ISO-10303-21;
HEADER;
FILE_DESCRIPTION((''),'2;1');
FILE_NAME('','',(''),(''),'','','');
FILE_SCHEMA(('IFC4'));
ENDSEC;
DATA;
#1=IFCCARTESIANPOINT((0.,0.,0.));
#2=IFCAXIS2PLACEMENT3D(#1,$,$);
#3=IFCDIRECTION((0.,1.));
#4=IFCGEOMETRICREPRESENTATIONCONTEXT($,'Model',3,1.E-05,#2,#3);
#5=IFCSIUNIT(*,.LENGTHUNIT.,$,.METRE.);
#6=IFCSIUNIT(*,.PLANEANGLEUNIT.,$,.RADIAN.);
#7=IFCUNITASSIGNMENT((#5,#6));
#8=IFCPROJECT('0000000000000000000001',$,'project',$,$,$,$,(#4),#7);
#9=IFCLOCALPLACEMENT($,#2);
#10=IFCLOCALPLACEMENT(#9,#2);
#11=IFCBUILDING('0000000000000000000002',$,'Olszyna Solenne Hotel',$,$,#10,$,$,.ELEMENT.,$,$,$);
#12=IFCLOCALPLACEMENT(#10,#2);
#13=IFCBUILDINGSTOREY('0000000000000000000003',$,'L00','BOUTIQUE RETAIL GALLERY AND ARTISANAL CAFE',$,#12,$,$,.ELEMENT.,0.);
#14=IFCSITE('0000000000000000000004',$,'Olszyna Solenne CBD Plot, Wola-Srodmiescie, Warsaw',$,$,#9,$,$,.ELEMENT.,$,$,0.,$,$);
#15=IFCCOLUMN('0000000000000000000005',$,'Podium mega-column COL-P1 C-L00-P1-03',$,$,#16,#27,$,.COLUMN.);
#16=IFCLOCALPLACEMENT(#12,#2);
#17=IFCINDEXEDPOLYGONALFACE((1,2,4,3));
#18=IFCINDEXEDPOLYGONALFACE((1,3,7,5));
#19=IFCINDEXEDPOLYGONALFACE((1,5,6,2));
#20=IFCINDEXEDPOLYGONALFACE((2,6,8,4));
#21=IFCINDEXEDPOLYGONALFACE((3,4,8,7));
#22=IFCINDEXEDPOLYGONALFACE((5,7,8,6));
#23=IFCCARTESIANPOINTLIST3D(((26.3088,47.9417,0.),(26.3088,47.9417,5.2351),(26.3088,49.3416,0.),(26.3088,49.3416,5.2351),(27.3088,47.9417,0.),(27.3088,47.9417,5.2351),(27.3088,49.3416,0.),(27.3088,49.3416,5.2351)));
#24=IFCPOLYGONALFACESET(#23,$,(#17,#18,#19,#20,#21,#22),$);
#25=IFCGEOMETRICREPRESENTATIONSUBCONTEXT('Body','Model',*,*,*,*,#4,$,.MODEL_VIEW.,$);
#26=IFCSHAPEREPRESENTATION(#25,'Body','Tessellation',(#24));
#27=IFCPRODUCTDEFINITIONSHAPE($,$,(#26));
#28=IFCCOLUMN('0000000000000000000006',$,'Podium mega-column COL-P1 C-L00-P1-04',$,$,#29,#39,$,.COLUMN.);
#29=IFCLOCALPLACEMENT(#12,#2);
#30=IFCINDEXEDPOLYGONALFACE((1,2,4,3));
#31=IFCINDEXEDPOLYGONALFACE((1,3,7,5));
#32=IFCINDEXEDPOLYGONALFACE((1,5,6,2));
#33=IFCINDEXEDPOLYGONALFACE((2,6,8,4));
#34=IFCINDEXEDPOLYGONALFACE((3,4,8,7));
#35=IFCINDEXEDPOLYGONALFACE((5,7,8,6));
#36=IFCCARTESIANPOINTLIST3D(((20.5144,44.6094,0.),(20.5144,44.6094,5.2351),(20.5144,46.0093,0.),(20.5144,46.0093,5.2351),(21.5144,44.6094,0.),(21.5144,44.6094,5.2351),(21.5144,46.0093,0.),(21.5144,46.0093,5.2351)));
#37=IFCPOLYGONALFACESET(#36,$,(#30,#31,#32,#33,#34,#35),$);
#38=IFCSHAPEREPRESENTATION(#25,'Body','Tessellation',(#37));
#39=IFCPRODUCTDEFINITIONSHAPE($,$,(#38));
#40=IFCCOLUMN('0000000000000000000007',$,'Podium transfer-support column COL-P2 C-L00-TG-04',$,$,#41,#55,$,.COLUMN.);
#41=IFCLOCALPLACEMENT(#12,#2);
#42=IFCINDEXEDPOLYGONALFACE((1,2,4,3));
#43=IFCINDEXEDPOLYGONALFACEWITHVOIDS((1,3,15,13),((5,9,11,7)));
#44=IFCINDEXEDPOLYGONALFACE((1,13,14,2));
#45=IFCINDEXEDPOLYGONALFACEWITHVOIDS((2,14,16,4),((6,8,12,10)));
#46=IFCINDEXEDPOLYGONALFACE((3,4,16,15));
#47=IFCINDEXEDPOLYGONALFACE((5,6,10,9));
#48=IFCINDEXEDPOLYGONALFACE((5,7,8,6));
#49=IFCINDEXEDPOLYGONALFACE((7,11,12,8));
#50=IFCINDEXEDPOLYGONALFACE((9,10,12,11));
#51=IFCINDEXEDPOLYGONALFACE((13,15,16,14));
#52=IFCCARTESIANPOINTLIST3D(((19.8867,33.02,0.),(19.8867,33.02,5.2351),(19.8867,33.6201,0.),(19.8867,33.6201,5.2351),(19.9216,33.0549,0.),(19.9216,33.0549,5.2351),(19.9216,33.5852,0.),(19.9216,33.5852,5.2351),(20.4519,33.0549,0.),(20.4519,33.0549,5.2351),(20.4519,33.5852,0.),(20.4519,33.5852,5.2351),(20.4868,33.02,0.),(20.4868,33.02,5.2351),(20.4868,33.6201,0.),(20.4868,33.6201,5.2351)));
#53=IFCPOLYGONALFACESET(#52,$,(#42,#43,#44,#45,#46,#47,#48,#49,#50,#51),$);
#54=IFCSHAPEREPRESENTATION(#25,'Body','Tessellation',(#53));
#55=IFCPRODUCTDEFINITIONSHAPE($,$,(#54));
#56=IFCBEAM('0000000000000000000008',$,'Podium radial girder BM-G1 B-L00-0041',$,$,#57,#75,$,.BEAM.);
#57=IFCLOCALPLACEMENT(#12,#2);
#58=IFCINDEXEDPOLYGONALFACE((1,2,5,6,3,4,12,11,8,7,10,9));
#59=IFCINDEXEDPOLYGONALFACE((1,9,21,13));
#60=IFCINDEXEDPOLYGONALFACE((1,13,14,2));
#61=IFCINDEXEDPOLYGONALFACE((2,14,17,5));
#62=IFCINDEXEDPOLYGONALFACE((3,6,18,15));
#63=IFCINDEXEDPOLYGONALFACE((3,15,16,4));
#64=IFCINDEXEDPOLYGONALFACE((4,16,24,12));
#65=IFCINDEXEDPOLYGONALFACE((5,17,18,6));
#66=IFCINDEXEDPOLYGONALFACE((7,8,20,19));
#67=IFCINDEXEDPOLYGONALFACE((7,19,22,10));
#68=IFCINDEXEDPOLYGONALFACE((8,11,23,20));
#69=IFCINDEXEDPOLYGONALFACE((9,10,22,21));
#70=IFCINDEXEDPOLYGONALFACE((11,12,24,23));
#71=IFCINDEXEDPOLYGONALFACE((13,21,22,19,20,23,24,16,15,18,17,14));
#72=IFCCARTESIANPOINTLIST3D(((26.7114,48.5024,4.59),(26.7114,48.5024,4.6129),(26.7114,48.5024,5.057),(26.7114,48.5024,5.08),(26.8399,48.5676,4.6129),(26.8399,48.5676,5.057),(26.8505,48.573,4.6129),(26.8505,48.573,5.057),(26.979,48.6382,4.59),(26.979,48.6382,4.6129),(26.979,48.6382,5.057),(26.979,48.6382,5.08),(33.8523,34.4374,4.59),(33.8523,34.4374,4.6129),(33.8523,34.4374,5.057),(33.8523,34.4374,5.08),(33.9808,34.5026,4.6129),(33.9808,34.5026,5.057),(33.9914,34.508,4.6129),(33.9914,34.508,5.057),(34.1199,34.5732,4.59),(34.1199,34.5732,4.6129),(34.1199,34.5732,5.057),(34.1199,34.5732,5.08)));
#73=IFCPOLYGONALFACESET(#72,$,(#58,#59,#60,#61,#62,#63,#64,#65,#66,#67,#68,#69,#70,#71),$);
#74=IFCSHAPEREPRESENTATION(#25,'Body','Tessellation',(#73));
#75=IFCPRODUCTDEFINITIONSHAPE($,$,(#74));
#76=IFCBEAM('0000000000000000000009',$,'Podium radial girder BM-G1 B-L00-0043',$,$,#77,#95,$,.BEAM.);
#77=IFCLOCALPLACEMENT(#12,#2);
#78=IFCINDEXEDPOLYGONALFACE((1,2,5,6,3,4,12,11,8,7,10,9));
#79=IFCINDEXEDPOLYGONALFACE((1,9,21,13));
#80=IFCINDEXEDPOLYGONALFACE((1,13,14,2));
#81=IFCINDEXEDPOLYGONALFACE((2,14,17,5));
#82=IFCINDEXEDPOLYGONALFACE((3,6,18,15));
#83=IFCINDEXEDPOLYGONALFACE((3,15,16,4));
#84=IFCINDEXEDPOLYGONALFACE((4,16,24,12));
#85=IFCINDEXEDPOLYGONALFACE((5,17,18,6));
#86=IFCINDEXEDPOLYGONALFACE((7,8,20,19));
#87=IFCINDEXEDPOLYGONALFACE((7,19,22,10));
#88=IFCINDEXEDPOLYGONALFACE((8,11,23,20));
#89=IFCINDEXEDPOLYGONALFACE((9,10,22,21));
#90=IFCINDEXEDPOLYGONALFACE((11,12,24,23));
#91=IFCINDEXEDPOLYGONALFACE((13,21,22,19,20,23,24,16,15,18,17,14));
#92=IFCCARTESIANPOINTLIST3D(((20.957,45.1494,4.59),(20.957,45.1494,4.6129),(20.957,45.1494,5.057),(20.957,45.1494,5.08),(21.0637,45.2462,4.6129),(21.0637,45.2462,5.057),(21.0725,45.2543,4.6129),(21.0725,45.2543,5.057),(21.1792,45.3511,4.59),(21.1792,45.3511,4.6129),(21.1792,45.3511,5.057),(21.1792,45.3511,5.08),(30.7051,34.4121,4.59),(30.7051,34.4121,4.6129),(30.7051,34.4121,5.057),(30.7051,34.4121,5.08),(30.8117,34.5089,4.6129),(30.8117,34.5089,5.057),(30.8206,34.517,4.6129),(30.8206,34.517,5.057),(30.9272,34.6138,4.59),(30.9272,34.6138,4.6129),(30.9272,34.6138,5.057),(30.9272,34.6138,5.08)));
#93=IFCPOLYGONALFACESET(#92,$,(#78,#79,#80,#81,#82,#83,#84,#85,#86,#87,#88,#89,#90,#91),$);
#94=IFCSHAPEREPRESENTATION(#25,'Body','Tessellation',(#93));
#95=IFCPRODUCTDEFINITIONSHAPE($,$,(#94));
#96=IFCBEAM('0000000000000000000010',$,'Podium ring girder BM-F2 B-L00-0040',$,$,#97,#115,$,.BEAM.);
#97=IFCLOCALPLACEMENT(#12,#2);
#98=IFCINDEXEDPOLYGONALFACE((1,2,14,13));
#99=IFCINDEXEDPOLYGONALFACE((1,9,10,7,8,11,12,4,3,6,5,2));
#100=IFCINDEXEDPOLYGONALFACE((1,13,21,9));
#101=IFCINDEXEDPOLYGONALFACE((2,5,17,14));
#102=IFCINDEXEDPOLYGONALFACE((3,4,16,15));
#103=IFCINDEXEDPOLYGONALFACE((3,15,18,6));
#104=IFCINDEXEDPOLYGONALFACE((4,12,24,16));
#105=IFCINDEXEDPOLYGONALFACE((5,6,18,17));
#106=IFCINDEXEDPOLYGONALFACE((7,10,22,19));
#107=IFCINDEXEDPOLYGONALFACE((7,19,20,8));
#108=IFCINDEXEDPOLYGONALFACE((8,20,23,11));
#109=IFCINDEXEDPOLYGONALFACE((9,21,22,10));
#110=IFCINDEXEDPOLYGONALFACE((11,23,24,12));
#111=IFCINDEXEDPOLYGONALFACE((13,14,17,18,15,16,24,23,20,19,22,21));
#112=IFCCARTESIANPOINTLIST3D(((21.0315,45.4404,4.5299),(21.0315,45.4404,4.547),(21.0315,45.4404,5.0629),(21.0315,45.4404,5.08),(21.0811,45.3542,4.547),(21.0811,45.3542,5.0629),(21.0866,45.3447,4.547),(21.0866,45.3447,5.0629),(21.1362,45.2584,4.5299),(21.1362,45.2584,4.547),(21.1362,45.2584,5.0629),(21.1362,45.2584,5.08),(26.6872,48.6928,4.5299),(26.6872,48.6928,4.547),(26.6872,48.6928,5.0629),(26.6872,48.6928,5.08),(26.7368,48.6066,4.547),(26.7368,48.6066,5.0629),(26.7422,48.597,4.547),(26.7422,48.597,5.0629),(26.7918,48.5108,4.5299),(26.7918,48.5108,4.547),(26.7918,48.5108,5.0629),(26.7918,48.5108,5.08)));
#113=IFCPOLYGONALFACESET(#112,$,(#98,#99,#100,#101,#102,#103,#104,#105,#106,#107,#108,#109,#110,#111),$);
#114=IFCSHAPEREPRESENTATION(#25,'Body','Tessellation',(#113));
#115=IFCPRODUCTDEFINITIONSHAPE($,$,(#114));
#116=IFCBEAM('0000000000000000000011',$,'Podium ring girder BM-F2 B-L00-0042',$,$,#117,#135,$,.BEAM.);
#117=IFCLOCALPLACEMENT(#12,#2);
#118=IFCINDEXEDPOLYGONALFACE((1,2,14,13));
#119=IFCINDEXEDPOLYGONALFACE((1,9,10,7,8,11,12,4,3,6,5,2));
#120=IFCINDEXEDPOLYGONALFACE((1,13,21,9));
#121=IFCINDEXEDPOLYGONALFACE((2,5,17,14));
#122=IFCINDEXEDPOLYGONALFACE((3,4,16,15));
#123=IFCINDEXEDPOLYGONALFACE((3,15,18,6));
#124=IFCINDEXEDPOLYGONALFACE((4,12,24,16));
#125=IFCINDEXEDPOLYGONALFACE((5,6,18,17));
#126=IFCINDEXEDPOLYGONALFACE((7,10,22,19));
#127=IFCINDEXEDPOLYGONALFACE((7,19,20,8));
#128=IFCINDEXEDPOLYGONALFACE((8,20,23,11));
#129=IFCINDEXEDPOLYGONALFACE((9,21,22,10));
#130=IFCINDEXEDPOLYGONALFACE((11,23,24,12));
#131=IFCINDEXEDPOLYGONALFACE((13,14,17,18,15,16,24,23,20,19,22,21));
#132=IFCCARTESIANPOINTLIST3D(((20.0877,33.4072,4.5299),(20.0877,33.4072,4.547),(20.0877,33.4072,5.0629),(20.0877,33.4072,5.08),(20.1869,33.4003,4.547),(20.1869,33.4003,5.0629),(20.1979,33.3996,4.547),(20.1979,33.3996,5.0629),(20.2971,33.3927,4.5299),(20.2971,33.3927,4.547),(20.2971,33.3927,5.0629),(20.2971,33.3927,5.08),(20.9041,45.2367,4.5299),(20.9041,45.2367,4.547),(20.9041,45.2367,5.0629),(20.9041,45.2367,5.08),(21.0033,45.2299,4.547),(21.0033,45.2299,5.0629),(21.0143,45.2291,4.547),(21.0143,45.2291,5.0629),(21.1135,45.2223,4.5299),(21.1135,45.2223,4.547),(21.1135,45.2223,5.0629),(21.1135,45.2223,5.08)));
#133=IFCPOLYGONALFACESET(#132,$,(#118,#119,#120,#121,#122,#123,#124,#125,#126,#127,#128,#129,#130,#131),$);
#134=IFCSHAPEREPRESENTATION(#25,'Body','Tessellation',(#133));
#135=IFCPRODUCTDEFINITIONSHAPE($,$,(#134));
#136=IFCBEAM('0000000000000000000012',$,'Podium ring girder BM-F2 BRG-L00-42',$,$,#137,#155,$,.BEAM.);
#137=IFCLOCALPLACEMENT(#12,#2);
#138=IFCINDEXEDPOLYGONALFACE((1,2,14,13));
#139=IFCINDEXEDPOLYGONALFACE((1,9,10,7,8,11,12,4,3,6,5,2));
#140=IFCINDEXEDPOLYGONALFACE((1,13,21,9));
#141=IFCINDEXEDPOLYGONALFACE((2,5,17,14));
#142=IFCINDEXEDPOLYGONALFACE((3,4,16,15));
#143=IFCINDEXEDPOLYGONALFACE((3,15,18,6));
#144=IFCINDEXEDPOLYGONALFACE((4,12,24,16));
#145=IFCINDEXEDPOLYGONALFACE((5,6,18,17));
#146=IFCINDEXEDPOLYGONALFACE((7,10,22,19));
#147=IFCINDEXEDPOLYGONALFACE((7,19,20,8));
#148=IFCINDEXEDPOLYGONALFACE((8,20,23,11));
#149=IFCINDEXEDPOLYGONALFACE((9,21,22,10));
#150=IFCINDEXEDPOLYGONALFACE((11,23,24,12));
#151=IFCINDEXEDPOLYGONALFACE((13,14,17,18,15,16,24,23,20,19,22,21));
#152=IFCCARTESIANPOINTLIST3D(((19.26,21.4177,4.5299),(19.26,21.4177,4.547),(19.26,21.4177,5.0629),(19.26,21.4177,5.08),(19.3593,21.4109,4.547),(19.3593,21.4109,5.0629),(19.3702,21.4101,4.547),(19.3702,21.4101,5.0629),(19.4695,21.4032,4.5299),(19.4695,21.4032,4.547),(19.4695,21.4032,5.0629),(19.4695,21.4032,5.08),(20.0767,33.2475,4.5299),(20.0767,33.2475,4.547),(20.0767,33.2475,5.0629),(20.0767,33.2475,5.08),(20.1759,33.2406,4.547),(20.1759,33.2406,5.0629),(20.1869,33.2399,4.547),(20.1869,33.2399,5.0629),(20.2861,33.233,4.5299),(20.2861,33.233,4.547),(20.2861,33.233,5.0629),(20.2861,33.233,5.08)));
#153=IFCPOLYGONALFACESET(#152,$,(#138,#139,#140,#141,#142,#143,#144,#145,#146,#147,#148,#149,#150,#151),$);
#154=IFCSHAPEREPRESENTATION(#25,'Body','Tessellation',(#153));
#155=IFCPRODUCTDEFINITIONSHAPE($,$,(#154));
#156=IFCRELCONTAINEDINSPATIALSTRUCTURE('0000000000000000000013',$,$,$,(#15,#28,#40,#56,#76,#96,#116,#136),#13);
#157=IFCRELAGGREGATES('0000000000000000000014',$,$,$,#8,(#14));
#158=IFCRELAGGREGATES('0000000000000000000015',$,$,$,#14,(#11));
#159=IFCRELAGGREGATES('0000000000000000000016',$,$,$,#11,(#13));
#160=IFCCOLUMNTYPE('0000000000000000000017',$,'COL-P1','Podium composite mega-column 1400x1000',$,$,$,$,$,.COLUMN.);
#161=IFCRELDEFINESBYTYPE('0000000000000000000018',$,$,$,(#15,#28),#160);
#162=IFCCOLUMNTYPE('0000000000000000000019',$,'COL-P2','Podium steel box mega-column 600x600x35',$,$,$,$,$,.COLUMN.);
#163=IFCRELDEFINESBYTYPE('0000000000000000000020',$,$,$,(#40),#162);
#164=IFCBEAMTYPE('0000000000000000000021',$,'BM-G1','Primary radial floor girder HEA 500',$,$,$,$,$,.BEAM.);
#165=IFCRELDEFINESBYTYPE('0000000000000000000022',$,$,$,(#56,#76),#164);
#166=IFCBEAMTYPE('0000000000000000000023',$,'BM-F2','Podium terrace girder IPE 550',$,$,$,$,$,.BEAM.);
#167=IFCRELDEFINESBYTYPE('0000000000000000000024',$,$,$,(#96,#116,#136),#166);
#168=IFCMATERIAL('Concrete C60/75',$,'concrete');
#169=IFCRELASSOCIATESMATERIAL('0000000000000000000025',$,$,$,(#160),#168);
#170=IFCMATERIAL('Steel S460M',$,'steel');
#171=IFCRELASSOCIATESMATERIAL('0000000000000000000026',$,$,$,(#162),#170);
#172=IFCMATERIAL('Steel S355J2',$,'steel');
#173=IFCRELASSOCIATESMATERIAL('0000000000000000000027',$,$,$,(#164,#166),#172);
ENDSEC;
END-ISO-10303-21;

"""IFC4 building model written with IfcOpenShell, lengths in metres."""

from ifc_helpers import new_model, si_unit, direction, frame, origin, origin_2d, place, context, subcontext, project, spatial, rectangle, hollow_rectangle, i_section, extrude, source, transform, mapped, material, material_profile, profile_set, type_object, element, save


model = new_model("IFC4")

# Units and contexts
model_context = context("Model", 3, precision=1e-05, world=origin(), true_north=direction((0.0, 1.0)))
body_context = subcontext(model_context, "Body", "Model", "MODEL_VIEW")
ifc_project = project(units=[si_unit("LENGTHUNIT", "METRE"), si_unit("PLANEANGLEUNIT", "RADIAN")], contexts=[model_context])

# Site, building, storey
site_placement = place(None, origin())
site = spatial("IfcSite", under=ifc_project, at=site_placement, Name="Olszyna Solenne CBD Plot, Wola-Srodmiescie, Warsaw", CompositionType="ELEMENT", RefElevation=0.0)
building_placement = place(site_placement, origin())
building = spatial("IfcBuilding", under=site, at=building_placement, Name="Olszyna Solenne Hotel", CompositionType="ELEMENT")
storey_placement = place(building_placement, origin())
storey = spatial("IfcBuildingStorey", under=building, at=storey_placement, Name="L00", Description="BOUTIQUE RETAIL GALLERY AND ARTISANAL CAFE", CompositionType="ELEMENT", Elevation=0.0)

# Columns
ifc_material_1 = material(Name="Concrete C60/75", Category="concrete")
ifc_material_profile_1 = material_profile(ifc_material_1, rectangle(XDim=1.0, YDim=1.3999, at=origin_2d()), Name="RC 1400x1000", Category="load-bearing")
ifc_profile_set_1 = profile_set([ifc_material_profile_1], Name="Concrete C60/75")
column_type_1 = type_object("IfcColumnType", Name="COL-P1", Description="Podium composite mega-column 1400x1000", PredefinedType="COLUMN", material=ifc_profile_set_1)
shared_shape_1 = source(origin(), body_context, "Body", "SweptSolid", [
    extrude(rectangle(XDim=1.0, YDim=1.3999, at=origin_2d()), origin(), (0.0, 0.0, 1.0), 5.2351),
])
for number, where, z_axis, x_axis, name in (
    (1, (26.8088, 48.6416, 0.0), (0.0, 0.0, 1.0), (1.0, 0.0, 0.0), "Podium mega-column COL-P1 C-L00-P1-03"),
    (2, (21.0144, 45.3093, 0.0), (0.0, 0.0, 1.0), (1.0, 0.0, 0.0), "Podium mega-column COL-P1 C-L00-P1-04"),
):
    element("IfcColumn", number, at=place(storey_placement, frame(where, z_axis=z_axis, x_axis=x_axis)), inside=storey, type_object=column_type_1, Name=name, PredefinedType="COLUMN", context=body_context, shape_type="MappedRepresentation", body=[
        mapped(shared_shape_1, transform((0.0, 0.0, 0.0), x_axis=(1.0, 0.0, 0.0), y_axis=(0.0, 1.0, 0.0), z_axis=(0.0, 0.0, 1.0), scale=1.0)),
    ])
ifc_material_2 = material(Name="Steel S460M", Category="steel")
ifc_material_profile_2 = material_profile(ifc_material_2, hollow_rectangle(XDim=0.6001, YDim=0.6001, WallThickness=0.0349, at=origin_2d()), Name="SHS 600x600x35", Category="load-bearing")
ifc_profile_set_2 = profile_set([ifc_material_profile_2], Name="Steel S460M")
column_type_2 = type_object("IfcColumnType", Name="COL-P2", Description="Podium steel box mega-column 600x600x35", PredefinedType="COLUMN", material=ifc_profile_set_2)
shared_shape_2 = source(origin(), body_context, "Body", "SweptSolid", [
    extrude(hollow_rectangle(XDim=0.6001, YDim=0.6001, WallThickness=0.0349, at=origin_2d()), origin(), (0.0, 0.0, 1.0), 5.2351),
])
column_placement = place(storey_placement, frame((20.1868, 33.3201, 0.0), z_axis=(0.0, 0.0, 1.0), x_axis=(1.0, 0.0, 0.0)))
element("IfcColumn", 3, at=column_placement, inside=storey, type_object=column_type_2, Name="Podium transfer-support column COL-P2 C-L00-TG-04", PredefinedType="COLUMN", context=body_context, shape_type="MappedRepresentation", body=[
    mapped(shared_shape_2, transform((0.0, 0.0, 0.0), x_axis=(1.0, 0.0, 0.0), y_axis=(0.0, 1.0, 0.0), z_axis=(0.0, 0.0, 1.0), scale=1.0)),
])

# Beams
ifc_material_3 = material(Name="Steel S355J2", Category="steel")
ifc_material_profile_3 = material_profile(ifc_material_3, i_section(OverallWidth=0.3, OverallDepth=0.49, WebThickness=0.012, FlangeThickness=0.0229, at=origin_2d()), Name="HEA 500", Category="load-bearing")
ifc_profile_set_3 = profile_set([ifc_material_profile_3], Name="Steel S355J2")
beam_type_1 = type_object("IfcBeamType", Name="BM-G1", Description="Primary radial floor girder HEA 500", PredefinedType="BEAM", material=ifc_profile_set_3)
shared_shape_3 = source(origin(), body_context, "Body", "SweptSolid", [
    extrude(i_section(OverallWidth=0.3, OverallDepth=0.49, WebThickness=0.012, FlangeThickness=0.0229, at=origin_2d()), origin(), (0.0, 0.0, 1.0), 15.7739),
])
beam_1_placement = place(storey_placement, frame((26.8452, 48.5703, 4.835), z_axis=(0.452703, -0.891661, 0.0), x_axis=(0.891661, 0.452703, 0.0)))
element("IfcBeam", 4, at=beam_1_placement, inside=storey, type_object=beam_type_1, Name="Podium radial girder BM-G1 B-L00-0041", PredefinedType="BEAM", context=body_context, shape_type="MappedRepresentation", body=[
    mapped(shared_shape_3, transform((0.0, 0.0, 0.0), x_axis=(1.0, 0.0, 0.0), y_axis=(0.0, 1.0, 0.0), z_axis=(0.0, 0.0, 1.0), scale=1.0)),
])
shared_shape_4 = source(origin(), body_context, "Body", "SweptSolid", [
    extrude(i_section(OverallWidth=0.3, OverallDepth=0.49, WebThickness=0.012, FlangeThickness=0.0229, at=origin_2d()), origin(), (0.0, 0.0, 1.0), 14.5022),
])
beam_2_placement = place(storey_placement, frame((21.0681, 45.2502, 4.835), z_axis=(0.672177, -0.740391, 0.0), x_axis=(0.740391, 0.672177, 0.0)))
element("IfcBeam", 5, at=beam_2_placement, inside=storey, type_object=beam_type_1, Name="Podium radial girder BM-G1 B-L00-0043", PredefinedType="BEAM", context=body_context, shape_type="MappedRepresentation", body=[
    mapped(shared_shape_4, transform((0.0, 0.0, 0.0), x_axis=(1.0, 0.0, 0.0), y_axis=(0.0, 1.0, 0.0), z_axis=(0.0, 0.0, 1.0), scale=1.0)),
])
ifc_material_profile_4 = material_profile(ifc_material_3, i_section(OverallWidth=0.21, OverallDepth=0.55, WebThickness=0.011, FlangeThickness=0.0171, at=origin_2d()), Name="IPE 550", Category="load-bearing")
ifc_profile_set_4 = profile_set([ifc_material_profile_4], Name="Steel S355J2")
beam_type_2 = type_object("IfcBeamType", Name="BM-F2", Description="Podium terrace girder IPE 550", PredefinedType="BEAM", material=ifc_profile_set_4)
shared_shape_5 = source(origin(), body_context, "Body", "SweptSolid", [
    extrude(i_section(OverallWidth=0.21, OverallDepth=0.55, WebThickness=0.011, FlangeThickness=0.0171, at=origin_2d()), origin(), (0.0, 0.0, 1.0), 6.5242),
])
beam_3_placement = place(storey_placement, frame((26.7395, 48.6018, 4.8049), z_axis=(-0.866881, -0.498515, 0.0), x_axis=(0.498515, -0.866881, 0.0)))
element("IfcBeam", 6, at=beam_3_placement, inside=storey, type_object=beam_type_2, Name="Podium ring girder BM-F2 B-L00-0040", PredefinedType="BEAM", context=body_context, shape_type="MappedRepresentation", body=[
    mapped(shared_shape_5, transform((0.0, 0.0, 0.0), x_axis=(1.0, 0.0, 0.0), y_axis=(0.0, 1.0, 0.0), z_axis=(0.0, 0.0, 1.0), scale=1.0)),
])
shared_shape_6 = source(origin(), body_context, "Body", "SweptSolid", [
    extrude(i_section(OverallWidth=0.21, OverallDepth=0.55, WebThickness=0.011, FlangeThickness=0.0171, at=origin_2d()), origin(), (0.0, 0.0, 1.0), 11.8577),
])
beam_4_placement = place(storey_placement, frame((21.0088, 45.2295, 4.8049), z_axis=(-0.06885, -0.997627, 0.0), x_axis=(0.997627, -0.06885, 0.0)))
element("IfcBeam", 7, at=beam_4_placement, inside=storey, type_object=beam_type_2, Name="Podium ring girder BM-F2 B-L00-0042", PredefinedType="BEAM", context=body_context, shape_type="MappedRepresentation", body=[
    mapped(shared_shape_6, transform((0.0, 0.0, 0.0), x_axis=(1.0, 0.0, 0.0), y_axis=(0.0, 1.0, 0.0), z_axis=(0.0, 0.0, 1.0), scale=1.0)),
])
shared_shape_7 = source(origin(), body_context, "Body", "SweptSolid", [
    extrude(i_section(OverallWidth=0.21, OverallDepth=0.55, WebThickness=0.011, FlangeThickness=0.0171, at=origin_2d()), origin(), (0.0, 0.0, 1.0), 11.8579),
])
beam_5_placement = place(storey_placement, frame((20.1814, 33.2402, 4.8049), z_axis=(-0.068869, -0.997626, 0.0), x_axis=(0.997626, -0.068869, 0.0)))
element("IfcBeam", 8, at=beam_5_placement, inside=storey, type_object=beam_type_2, Name="Podium ring girder BM-F2 BRG-L00-42", PredefinedType="BEAM", context=body_context, shape_type="MappedRepresentation", body=[
    mapped(shared_shape_7, transform((0.0, 0.0, 0.0), x_axis=(1.0, 0.0, 0.0), y_axis=(0.0, 1.0, 0.0), z_axis=(0.0, 0.0, 1.0), scale=1.0)),
])

save(model, "model.ifc")
